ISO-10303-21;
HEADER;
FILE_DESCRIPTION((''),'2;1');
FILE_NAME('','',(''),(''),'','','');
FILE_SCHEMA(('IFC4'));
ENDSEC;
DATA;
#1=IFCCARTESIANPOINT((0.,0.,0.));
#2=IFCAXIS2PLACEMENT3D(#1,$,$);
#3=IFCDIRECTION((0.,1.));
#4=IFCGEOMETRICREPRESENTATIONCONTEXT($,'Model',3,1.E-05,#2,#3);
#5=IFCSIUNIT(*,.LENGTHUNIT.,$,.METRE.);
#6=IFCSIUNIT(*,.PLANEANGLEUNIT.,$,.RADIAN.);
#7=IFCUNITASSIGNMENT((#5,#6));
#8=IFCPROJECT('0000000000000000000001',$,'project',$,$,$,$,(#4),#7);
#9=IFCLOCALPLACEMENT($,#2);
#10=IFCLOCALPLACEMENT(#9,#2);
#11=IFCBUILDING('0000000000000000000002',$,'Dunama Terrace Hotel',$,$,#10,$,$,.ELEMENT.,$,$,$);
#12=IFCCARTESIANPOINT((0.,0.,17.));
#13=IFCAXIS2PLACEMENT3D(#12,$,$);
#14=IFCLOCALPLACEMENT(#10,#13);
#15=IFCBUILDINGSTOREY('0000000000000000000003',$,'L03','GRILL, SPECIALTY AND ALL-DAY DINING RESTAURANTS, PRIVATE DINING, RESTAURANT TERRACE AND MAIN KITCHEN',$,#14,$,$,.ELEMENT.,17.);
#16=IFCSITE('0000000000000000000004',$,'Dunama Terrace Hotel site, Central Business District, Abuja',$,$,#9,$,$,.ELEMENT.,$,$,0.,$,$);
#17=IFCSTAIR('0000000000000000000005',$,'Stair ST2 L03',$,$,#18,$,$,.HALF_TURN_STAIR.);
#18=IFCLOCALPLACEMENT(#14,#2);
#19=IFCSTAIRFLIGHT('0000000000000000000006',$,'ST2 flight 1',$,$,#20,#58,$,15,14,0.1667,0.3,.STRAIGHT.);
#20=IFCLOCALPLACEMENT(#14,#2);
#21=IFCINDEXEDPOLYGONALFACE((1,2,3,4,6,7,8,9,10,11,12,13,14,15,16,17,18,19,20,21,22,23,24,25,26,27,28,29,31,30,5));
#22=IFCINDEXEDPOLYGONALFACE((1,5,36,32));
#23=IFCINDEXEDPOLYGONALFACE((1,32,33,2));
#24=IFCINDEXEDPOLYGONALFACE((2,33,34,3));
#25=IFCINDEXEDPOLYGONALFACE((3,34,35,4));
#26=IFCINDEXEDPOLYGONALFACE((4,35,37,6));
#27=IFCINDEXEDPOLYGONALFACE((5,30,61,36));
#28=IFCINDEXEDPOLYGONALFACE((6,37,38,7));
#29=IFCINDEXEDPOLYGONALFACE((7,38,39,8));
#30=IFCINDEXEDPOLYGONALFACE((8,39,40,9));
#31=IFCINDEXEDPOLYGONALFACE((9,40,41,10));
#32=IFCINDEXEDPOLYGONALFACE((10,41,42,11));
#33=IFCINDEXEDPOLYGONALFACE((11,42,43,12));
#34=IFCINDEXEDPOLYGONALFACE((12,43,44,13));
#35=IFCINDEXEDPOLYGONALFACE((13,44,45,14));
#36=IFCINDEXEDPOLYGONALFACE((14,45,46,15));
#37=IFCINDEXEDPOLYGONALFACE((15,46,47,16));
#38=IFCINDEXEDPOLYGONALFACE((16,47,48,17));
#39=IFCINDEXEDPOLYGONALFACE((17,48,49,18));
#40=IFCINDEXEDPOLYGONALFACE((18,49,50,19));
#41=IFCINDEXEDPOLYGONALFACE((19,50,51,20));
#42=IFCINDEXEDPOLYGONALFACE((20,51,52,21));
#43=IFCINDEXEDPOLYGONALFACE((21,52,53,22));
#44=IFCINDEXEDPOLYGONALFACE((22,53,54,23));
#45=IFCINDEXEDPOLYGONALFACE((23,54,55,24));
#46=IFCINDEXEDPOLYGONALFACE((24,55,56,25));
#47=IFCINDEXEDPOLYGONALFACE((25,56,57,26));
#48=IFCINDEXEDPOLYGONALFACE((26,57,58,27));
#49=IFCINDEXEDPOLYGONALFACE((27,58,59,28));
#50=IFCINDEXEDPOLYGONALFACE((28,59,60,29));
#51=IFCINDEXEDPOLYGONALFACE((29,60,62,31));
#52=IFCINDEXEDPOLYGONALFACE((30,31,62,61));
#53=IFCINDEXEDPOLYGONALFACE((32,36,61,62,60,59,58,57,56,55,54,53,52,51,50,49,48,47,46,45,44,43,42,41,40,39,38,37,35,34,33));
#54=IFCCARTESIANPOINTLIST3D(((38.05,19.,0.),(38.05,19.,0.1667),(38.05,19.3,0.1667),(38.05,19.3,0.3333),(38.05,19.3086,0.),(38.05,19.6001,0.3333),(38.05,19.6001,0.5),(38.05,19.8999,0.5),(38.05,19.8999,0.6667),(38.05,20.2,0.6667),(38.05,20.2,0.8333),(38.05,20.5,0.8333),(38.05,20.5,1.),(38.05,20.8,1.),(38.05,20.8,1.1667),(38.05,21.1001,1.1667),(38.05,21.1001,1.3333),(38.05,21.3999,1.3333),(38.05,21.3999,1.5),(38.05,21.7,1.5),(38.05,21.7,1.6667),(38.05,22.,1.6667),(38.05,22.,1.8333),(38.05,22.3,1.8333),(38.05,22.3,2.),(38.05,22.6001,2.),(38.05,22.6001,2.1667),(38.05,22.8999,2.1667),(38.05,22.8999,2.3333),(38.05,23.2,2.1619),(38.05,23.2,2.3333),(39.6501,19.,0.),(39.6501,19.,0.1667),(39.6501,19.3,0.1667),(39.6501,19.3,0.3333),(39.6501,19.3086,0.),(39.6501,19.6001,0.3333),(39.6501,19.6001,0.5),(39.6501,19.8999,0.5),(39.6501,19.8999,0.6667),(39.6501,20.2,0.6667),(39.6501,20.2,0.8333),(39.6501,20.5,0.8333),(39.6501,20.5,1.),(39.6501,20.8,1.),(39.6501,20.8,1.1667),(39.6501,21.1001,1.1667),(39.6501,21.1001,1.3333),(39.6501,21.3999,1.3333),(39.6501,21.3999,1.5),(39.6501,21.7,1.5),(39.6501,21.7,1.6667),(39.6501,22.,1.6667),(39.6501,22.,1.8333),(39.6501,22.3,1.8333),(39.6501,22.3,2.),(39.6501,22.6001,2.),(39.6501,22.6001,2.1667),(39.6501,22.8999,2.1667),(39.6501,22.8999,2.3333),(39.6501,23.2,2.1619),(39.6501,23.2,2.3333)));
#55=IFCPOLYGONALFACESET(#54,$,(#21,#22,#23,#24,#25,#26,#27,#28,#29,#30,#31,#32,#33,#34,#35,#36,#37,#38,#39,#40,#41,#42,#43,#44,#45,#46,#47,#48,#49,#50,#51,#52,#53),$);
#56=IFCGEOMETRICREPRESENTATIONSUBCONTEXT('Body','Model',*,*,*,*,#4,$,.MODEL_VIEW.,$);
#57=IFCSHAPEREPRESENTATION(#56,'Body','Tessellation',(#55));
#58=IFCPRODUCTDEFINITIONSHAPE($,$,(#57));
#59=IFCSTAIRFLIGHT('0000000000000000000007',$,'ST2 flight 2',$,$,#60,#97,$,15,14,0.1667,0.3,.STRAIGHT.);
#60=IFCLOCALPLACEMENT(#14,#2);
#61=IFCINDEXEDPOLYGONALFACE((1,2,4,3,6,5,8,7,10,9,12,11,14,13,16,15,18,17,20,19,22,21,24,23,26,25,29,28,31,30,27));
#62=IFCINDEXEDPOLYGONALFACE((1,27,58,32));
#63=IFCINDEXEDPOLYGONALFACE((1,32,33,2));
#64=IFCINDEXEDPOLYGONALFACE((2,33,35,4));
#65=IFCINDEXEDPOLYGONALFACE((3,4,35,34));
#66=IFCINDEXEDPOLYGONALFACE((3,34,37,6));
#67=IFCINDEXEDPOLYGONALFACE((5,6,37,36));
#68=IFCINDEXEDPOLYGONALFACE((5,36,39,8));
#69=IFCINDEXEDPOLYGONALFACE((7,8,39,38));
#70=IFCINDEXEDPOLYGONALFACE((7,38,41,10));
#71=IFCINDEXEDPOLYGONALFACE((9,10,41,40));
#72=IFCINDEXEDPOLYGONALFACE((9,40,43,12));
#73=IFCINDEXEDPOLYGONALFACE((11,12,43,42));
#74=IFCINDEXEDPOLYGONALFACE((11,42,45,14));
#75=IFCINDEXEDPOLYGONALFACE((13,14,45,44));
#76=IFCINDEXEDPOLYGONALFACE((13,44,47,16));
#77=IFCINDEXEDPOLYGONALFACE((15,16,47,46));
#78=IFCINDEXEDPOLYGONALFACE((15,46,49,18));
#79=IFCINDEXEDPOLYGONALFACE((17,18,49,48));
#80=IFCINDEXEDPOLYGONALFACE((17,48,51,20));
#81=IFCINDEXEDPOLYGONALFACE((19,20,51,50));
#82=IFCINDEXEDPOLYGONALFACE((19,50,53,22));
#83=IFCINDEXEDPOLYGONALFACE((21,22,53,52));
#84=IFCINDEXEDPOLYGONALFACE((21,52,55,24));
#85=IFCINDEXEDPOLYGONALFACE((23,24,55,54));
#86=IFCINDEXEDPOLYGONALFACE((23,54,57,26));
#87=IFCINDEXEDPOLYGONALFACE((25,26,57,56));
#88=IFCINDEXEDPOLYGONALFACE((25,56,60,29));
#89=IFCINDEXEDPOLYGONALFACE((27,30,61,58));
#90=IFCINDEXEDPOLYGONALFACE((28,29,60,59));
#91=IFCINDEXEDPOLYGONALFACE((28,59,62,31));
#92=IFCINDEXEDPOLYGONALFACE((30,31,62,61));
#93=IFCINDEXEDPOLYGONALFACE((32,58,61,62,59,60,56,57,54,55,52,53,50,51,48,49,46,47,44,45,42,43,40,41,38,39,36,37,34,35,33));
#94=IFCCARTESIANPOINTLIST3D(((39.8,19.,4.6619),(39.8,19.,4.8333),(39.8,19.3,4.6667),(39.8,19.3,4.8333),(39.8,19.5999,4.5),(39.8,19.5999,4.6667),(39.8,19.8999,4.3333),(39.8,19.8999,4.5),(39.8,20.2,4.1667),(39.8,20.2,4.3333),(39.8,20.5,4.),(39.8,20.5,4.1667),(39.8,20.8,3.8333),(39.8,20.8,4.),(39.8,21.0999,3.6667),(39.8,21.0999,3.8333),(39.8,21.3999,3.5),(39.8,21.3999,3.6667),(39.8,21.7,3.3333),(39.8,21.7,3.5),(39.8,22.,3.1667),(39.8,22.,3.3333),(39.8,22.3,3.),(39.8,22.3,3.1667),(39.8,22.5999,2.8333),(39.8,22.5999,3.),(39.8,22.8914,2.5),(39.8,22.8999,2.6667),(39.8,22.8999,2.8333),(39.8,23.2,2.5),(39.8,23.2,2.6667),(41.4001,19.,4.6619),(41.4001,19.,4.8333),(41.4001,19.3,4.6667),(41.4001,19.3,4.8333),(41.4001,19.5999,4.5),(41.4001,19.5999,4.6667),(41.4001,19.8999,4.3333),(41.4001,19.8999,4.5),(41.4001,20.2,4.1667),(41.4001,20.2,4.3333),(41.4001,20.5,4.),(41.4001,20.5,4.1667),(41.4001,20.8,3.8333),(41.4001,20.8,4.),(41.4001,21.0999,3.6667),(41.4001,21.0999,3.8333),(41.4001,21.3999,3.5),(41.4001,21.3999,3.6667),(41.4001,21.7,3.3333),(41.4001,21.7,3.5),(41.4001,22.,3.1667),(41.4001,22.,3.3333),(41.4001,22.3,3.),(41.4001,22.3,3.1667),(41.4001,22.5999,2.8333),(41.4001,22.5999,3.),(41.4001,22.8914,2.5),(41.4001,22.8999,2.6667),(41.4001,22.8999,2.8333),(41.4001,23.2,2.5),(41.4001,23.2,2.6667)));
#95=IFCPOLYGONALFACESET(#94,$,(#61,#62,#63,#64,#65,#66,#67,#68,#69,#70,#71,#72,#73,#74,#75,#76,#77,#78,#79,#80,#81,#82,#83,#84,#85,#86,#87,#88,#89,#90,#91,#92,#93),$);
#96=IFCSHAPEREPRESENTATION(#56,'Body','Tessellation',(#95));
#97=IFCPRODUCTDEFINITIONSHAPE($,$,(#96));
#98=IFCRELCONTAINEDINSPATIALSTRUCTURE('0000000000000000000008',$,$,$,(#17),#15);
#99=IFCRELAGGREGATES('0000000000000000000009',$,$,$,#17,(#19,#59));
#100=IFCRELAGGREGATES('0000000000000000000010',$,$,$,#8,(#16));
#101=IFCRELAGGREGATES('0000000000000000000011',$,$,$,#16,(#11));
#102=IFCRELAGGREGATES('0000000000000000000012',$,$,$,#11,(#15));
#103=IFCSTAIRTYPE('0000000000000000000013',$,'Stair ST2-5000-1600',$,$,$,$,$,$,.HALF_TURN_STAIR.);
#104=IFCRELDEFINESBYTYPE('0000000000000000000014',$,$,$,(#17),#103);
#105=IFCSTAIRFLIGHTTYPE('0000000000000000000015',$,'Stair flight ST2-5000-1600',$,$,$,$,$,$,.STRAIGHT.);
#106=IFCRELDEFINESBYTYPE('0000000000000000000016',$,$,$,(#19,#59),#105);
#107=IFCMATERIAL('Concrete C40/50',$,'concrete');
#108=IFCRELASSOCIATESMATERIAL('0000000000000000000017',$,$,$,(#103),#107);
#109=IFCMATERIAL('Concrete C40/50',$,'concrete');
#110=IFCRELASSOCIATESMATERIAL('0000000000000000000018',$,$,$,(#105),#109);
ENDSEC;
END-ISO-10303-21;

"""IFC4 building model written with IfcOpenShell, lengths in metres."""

from ifc_helpers import new_model, si_unit, direction, frame, origin, place, context, subcontext, project, spatial, polyline, outline, extrude, material, type_object, element, aggregate, save


model = new_model("IFC4")

# Units and contexts
model_context = context("Model", 3, precision=1e-05, world=origin(), true_north=direction((0.0, 1.0)))
body_context = subcontext(model_context, "Body", "Model", "MODEL_VIEW")
ifc_project = project(units=[si_unit("LENGTHUNIT", "METRE"), si_unit("PLANEANGLEUNIT", "RADIAN")], contexts=[model_context])

# Site, building, storey
site_placement = place(None, origin())
site = spatial("IfcSite", under=ifc_project, at=site_placement, Name="Dunama Terrace Hotel site, Central Business District, Abuja", CompositionType="ELEMENT", RefElevation=0.0)
building_placement = place(site_placement, origin())
building = spatial("IfcBuilding", under=site, at=building_placement, Name="Dunama Terrace Hotel", CompositionType="ELEMENT")
storey_placement = place(building_placement, frame((0.0, 0.0, 17.0)))
storey = spatial("IfcBuildingStorey", under=building, at=storey_placement, Name="L03", Description="GRILL, SPECIALTY AND ALL-DAY DINING RESTAURANTS, PRIVATE DINING, RESTAURANT TERRACE AND MAIN KITCHEN", CompositionType="ELEMENT", Elevation=17.0)

# Stair, stair flights
ifc_material_1 = material(Name="Concrete C40/50", Category="concrete")
stair_type = type_object("IfcStairType", Name="Stair ST2-5000-1600", PredefinedType="HALF_TURN_STAIR", material=ifc_material_1)
stair_placement = place(storey_placement, origin())
stair = element("IfcStair", 1, at=stair_placement, inside=storey, type_object=stair_type, Name="Stair ST2 L03", PredefinedType="HALF_TURN_STAIR")
ifc_material_2 = material(Name="Concrete C40/50", Category="concrete")
stair_flight_type = type_object("IfcStairFlightType", Name="Stair flight ST2-5000-1600", PredefinedType="STRAIGHT", material=ifc_material_2)
stair_flight_1_placement = place(storey_placement, frame((38.8501, 19.0, 0.0), z_axis=(0.0, 0.0, 1.0), x_axis=(0.0, 1.0, 0.0)))
stair_flight_1 = element("IfcStairFlight", 2, at=stair_flight_1_placement, type_object=stair_flight_type, Name="ST2 flight 1", NumberOfRisers=15, NumberOfTreads=14, PredefinedType="STRAIGHT", RiserHeight=0.1667, TreadLength=0.3, context=body_context, shape_type="SweptSolid", body=[
    extrude(outline(polyline([(0.0, 0.0), (0.0, 0.1667), (0.3, 0.1667), (0.3, 0.3333), (0.6001, 0.3333), (0.6001, 0.5), (0.8999, 0.5), (0.8999, 0.6667), (1.2, 0.6667), (1.2, 0.8333), (1.5, 0.8333), (1.5, 1.0), (1.8, 1.0), (1.8, 1.1667), (2.1001, 1.1667), (2.1001, 1.3333), (2.3999, 1.3333), (2.3999, 1.5), (2.7, 1.5), (2.7, 1.6667), (3.0, 1.6667), (3.0, 1.8333), (3.3, 1.8333), (3.3, 2.0), (3.6001, 2.0), (3.6001, 2.1667), (3.8999, 2.1667), (3.8999, 2.3333), (4.2, 2.3333), (4.2, 2.5), (4.2, 2.1619), (0.3086, 0.0), (0.0, 0.0)])), frame((0.0, 0.8, 0.0), z_axis=(0.0, -1.0, 0.0), x_axis=(1.0, 0.0, 0.0)), (0.0, 0.0, 1.0), 1.6001),
])
stair_flight_2_placement = place(storey_placement, frame((40.6001, 23.2, 2.5), z_axis=(0.0, 0.0, 1.0), x_axis=(0.0, -1.0, 0.0)))
stair_flight_2 = element("IfcStairFlight", 3, at=stair_flight_2_placement, type_object=stair_flight_type, Name="ST2 flight 2", NumberOfRisers=15, NumberOfTreads=14, PredefinedType="STRAIGHT", RiserHeight=0.1667, TreadLength=0.3, context=body_context, shape_type="SweptSolid", body=[
    extrude(outline(polyline([(0.0, 0.0), (0.0, 0.1667), (0.3, 0.1667), (0.3, 0.3333), (0.6001, 0.3333), (0.6001, 0.5), (0.8999, 0.5), (0.8999, 0.6667), (1.2, 0.6667), (1.2, 0.8333), (1.5, 0.8333), (1.5, 1.0), (1.8, 1.0), (1.8, 1.1667), (2.1001, 1.1667), (2.1001, 1.3333), (2.3999, 1.3333), (2.3999, 1.5), (2.7, 1.5), (2.7, 1.6667), (3.0, 1.6667), (3.0, 1.8333), (3.3, 1.8333), (3.3, 2.0), (3.6001, 2.0), (3.6001, 2.1667), (3.8999, 2.1667), (3.8999, 2.3333), (4.2, 2.3333), (4.2, 2.5), (4.2, 2.1619), (0.3086, 0.0), (0.0, 0.0)])), frame((0.0, 0.8, 0.0), z_axis=(0.0, -1.0, 0.0), x_axis=(1.0, 0.0, 0.0)), (0.0, 0.0, 1.0), 1.6001),
])
aggregate(stair, [stair_flight_1, stair_flight_2])

save(model, "model.ifc")
